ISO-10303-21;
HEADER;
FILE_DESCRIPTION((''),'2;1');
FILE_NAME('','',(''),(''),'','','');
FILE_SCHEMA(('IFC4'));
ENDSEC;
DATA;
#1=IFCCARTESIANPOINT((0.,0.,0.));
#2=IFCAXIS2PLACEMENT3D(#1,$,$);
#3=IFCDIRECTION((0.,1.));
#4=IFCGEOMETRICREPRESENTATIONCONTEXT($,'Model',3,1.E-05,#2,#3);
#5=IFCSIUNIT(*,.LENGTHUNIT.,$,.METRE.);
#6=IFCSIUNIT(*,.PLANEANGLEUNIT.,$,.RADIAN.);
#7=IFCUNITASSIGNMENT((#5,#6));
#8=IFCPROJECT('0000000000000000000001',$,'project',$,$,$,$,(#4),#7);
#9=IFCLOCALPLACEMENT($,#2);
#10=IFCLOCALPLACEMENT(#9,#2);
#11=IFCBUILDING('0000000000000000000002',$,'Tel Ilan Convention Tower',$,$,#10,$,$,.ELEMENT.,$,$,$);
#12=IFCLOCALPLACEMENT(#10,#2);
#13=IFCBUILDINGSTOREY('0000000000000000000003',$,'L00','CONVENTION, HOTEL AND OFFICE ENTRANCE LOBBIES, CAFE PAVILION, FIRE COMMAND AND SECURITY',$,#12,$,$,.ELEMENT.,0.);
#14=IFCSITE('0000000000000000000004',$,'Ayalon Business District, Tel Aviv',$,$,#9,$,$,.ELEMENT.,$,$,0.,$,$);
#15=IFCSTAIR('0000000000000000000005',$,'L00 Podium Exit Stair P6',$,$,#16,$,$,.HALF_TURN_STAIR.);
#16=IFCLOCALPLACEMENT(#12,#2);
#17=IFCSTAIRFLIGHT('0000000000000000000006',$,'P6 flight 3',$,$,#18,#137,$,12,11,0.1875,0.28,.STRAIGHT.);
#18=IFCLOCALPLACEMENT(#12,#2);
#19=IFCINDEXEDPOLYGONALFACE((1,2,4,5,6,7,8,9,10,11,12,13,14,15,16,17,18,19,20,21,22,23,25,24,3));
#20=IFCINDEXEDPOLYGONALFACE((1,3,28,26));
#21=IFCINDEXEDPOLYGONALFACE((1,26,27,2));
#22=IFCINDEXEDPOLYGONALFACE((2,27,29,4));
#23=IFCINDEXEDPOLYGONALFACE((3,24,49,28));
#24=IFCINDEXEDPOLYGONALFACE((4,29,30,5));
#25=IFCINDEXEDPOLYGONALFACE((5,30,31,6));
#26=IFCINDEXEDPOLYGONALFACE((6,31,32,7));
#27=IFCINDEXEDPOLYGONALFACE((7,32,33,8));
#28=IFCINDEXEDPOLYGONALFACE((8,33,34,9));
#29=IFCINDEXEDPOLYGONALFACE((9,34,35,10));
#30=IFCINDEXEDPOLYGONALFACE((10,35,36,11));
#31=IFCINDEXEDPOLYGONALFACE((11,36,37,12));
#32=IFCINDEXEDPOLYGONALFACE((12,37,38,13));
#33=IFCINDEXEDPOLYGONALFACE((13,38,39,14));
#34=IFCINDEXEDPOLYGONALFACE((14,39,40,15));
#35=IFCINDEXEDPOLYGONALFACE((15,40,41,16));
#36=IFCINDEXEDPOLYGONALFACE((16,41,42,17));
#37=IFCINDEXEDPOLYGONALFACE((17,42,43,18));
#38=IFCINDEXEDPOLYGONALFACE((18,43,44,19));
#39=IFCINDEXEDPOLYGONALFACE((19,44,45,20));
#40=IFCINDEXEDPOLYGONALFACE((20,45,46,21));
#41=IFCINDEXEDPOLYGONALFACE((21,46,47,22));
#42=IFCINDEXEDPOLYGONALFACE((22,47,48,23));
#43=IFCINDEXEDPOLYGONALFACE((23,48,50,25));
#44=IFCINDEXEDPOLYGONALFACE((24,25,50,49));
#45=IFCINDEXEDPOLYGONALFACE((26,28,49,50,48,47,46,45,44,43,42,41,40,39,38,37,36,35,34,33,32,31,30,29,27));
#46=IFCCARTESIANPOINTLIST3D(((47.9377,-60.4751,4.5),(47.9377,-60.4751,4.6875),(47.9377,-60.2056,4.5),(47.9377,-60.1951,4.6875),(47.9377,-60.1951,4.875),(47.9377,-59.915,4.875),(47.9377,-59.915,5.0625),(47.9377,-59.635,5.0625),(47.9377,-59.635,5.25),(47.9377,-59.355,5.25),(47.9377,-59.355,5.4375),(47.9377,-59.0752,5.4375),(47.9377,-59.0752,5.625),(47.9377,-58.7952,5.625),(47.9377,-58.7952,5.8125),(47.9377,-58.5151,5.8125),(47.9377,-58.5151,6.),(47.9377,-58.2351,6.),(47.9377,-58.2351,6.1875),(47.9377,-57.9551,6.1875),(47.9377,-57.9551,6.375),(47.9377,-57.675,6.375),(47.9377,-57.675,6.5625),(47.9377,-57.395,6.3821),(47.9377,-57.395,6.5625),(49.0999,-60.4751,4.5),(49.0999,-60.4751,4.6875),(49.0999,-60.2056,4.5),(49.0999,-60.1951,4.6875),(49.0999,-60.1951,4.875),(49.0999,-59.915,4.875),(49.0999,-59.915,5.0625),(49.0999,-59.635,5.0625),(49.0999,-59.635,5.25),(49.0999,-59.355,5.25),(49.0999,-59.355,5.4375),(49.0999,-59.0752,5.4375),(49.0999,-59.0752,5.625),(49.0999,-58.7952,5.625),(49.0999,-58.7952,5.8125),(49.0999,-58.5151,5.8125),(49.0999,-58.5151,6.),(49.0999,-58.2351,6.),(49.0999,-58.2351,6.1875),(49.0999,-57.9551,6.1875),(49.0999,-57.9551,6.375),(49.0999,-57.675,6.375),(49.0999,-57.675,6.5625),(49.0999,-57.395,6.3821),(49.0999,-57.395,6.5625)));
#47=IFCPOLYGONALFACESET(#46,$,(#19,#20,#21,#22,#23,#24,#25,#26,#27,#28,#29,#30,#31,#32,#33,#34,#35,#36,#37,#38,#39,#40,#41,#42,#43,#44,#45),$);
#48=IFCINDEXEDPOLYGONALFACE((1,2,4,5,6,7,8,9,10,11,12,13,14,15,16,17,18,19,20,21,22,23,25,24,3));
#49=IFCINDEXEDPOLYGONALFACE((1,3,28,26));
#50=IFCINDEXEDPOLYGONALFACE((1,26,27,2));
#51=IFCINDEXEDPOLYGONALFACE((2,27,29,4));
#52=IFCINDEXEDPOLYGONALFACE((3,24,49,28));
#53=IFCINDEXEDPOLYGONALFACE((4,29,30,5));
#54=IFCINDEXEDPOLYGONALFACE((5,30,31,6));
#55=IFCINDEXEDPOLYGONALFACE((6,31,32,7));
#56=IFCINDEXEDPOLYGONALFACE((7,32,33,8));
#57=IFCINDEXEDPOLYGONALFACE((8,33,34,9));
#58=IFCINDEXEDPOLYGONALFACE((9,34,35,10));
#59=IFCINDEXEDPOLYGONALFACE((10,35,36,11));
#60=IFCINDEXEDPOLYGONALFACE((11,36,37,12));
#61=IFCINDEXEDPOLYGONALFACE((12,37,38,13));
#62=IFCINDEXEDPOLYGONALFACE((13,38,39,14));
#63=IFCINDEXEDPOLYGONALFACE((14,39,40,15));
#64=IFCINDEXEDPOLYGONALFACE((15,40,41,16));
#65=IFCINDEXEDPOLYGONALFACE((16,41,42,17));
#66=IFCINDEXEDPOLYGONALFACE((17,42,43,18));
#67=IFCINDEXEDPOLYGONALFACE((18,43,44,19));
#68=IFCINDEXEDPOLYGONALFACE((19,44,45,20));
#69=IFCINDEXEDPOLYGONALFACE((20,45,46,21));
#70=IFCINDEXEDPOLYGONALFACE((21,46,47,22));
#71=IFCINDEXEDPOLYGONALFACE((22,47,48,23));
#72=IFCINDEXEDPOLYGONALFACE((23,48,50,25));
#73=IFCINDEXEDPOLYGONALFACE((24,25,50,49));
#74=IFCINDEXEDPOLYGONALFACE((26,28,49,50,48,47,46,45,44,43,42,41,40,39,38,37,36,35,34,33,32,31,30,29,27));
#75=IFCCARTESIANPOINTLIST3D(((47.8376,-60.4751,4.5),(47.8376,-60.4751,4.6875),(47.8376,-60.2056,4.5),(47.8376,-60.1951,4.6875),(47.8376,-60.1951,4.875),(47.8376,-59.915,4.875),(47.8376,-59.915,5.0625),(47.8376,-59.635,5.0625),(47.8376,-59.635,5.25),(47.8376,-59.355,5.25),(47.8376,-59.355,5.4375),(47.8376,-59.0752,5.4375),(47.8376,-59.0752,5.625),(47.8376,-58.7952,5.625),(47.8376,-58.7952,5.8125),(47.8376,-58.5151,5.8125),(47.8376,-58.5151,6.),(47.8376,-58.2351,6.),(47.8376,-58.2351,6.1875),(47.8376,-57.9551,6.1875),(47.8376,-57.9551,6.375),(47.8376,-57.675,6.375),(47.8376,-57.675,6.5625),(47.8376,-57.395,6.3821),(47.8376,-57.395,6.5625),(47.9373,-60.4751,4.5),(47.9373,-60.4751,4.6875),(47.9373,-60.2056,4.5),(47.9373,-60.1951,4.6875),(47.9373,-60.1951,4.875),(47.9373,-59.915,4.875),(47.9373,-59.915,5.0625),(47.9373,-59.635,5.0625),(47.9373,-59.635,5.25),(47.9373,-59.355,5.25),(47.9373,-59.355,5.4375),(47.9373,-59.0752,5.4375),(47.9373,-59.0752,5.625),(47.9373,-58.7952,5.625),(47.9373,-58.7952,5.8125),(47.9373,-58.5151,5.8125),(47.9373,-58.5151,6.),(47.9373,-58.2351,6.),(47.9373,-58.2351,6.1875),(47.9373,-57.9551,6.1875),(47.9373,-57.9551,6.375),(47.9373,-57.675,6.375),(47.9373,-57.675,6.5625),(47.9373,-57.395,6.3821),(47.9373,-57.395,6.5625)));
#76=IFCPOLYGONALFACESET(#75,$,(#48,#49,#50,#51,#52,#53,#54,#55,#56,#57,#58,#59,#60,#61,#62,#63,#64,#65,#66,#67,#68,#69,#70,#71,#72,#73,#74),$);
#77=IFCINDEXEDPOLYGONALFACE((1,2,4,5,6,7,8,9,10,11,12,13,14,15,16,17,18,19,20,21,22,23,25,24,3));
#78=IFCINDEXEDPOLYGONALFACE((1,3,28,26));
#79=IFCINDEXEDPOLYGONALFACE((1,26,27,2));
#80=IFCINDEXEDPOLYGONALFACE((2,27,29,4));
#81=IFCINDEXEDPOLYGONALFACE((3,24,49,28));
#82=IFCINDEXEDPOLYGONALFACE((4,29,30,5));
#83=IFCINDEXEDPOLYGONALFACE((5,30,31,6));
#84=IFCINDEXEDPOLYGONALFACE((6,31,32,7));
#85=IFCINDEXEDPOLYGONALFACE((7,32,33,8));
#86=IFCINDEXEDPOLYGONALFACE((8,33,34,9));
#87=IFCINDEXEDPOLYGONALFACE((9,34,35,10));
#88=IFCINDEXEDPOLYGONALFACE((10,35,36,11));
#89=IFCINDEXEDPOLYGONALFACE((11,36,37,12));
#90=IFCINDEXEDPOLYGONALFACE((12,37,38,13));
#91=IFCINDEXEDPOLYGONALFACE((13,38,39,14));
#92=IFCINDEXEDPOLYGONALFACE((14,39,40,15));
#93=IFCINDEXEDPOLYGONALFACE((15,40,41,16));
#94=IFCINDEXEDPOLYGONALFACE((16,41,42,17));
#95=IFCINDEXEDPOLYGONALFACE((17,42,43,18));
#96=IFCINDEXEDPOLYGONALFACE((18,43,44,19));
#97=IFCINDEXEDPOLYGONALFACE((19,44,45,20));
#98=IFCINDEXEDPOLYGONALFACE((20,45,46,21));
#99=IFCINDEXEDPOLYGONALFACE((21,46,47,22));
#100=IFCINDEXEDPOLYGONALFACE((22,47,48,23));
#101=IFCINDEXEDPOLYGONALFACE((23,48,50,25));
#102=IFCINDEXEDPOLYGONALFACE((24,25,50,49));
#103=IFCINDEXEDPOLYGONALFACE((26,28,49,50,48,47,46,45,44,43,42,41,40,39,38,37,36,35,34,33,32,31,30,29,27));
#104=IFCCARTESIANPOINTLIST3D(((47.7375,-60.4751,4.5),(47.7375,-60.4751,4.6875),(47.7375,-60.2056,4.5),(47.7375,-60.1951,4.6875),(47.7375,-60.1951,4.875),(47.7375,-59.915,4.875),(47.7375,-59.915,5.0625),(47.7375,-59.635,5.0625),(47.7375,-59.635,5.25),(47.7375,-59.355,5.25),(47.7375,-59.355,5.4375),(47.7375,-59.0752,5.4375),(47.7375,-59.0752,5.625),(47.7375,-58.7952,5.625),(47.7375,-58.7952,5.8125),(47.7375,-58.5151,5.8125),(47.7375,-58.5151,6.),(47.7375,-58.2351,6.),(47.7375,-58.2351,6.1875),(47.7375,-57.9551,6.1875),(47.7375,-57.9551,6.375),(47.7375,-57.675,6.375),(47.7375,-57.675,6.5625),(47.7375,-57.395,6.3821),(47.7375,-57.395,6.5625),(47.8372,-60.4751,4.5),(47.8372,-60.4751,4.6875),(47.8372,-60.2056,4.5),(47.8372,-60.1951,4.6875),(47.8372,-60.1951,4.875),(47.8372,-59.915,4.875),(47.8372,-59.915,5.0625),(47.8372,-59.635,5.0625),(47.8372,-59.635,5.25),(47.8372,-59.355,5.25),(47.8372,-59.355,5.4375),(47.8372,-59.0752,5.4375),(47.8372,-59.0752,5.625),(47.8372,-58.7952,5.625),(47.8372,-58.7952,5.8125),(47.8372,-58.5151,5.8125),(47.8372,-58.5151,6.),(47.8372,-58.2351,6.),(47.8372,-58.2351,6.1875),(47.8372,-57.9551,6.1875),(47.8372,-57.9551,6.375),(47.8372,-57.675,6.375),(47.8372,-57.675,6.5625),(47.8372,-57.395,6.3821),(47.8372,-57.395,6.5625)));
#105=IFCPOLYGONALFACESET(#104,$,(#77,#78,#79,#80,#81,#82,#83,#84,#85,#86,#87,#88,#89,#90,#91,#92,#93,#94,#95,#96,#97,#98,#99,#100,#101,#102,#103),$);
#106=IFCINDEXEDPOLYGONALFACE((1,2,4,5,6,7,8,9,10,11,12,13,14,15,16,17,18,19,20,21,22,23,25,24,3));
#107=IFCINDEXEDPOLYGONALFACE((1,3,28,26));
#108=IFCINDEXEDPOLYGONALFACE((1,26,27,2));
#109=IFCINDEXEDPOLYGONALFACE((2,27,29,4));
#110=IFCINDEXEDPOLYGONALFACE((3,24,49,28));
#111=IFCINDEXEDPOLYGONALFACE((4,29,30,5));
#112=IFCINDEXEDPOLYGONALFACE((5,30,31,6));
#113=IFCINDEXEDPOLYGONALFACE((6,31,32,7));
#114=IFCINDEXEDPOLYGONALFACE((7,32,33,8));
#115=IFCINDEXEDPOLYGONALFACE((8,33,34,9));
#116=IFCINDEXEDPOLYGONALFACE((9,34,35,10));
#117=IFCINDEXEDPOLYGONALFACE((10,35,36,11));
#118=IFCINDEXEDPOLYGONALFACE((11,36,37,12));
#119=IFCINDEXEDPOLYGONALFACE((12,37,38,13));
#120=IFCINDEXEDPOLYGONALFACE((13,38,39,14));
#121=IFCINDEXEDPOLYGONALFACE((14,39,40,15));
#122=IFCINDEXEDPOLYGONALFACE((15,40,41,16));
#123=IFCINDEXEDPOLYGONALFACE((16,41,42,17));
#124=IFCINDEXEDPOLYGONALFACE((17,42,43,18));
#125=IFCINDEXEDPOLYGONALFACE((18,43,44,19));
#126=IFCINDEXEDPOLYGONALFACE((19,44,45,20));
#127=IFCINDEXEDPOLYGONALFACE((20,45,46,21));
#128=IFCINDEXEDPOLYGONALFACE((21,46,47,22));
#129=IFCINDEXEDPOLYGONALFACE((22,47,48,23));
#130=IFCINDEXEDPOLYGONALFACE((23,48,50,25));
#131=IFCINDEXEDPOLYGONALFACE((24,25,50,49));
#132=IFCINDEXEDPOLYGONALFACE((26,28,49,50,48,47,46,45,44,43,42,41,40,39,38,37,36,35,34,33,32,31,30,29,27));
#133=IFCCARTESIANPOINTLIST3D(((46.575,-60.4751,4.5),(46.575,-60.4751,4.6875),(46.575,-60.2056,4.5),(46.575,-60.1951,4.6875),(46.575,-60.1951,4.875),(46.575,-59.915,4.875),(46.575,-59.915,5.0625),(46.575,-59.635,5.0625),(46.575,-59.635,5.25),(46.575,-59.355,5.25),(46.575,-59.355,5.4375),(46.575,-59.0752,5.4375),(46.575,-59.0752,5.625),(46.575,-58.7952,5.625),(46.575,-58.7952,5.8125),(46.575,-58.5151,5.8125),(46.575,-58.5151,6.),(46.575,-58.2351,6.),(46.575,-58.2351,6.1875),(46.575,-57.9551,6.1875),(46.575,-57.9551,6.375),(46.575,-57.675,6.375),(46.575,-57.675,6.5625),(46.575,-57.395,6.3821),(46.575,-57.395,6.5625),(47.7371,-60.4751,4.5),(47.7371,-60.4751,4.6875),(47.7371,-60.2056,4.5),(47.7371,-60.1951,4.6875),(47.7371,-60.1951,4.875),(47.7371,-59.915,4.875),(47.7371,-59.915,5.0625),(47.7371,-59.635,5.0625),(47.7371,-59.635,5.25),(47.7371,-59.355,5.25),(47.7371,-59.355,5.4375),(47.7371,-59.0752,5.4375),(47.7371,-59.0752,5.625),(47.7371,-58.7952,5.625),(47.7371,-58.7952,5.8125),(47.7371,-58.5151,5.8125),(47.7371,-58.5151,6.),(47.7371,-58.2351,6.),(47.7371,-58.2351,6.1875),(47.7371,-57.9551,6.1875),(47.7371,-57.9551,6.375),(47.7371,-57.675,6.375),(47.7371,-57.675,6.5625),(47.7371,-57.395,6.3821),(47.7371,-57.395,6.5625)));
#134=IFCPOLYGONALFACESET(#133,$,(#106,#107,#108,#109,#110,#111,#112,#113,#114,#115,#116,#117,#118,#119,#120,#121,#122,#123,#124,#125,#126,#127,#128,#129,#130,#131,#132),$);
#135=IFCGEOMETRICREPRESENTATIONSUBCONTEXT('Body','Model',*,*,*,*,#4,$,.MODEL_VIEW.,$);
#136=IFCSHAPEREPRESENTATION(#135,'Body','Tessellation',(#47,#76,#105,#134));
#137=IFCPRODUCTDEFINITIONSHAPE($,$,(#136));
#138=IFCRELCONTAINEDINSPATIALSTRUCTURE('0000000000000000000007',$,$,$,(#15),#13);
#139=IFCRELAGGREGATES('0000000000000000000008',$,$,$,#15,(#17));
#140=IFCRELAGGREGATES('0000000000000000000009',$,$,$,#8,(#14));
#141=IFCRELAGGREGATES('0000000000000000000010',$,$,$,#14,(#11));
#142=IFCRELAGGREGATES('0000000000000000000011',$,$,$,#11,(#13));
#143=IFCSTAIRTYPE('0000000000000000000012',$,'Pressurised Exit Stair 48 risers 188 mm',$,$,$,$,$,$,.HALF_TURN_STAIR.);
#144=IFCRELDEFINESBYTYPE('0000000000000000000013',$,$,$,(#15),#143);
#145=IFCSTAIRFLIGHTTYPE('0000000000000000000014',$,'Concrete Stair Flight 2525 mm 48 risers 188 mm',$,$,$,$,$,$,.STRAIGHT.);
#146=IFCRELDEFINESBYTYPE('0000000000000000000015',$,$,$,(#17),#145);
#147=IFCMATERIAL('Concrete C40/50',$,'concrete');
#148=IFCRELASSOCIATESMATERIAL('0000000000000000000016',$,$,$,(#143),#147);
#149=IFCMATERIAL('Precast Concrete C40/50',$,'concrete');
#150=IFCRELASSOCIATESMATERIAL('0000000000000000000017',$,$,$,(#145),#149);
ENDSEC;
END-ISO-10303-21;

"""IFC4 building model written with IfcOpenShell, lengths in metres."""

from ifc_helpers import new_model, si_unit, direction, frame, origin, place, context, subcontext, project, spatial, polyline, outline, extrude, material, type_object, element, aggregate, save


model = new_model("IFC4")

# Units and contexts
model_context = context("Model", 3, precision=1e-05, world=origin(), true_north=direction((0.0, 1.0)))
body_context = subcontext(model_context, "Body", "Model", "MODEL_VIEW")
ifc_project = project(units=[si_unit("LENGTHUNIT", "METRE"), si_unit("PLANEANGLEUNIT", "RADIAN")], contexts=[model_context])

# Site, building, storey
site_placement = place(None, origin())
site = spatial("IfcSite", under=ifc_project, at=site_placement, Name="Ayalon Business District, Tel Aviv", CompositionType="ELEMENT", RefElevation=0.0)
building_placement = place(site_placement, origin())
building = spatial("IfcBuilding", under=site, at=building_placement, Name="Tel Ilan Convention Tower", CompositionType="ELEMENT")
storey_placement = place(building_placement, origin())
storey = spatial("IfcBuildingStorey", under=building, at=storey_placement, Name="L00", Description="CONVENTION, HOTEL AND OFFICE ENTRANCE LOBBIES, CAFE PAVILION, FIRE COMMAND AND SECURITY", CompositionType="ELEMENT", Elevation=0.0)

# Stair, stair flight
ifc_material_1 = material(Name="Concrete C40/50", Category="concrete")
stair_type = type_object("IfcStairType", Name="Pressurised Exit Stair 48 risers 188 mm", PredefinedType="HALF_TURN_STAIR", material=ifc_material_1)
stair_1_placement = place(storey_placement, origin())
stair_1 = element("IfcStair", 1, at=stair_1_placement, inside=storey, type_object=stair_type, Name="L00 Podium Exit Stair P6", PredefinedType="HALF_TURN_STAIR")
ifc_material_2 = material(Name="Precast Concrete C40/50", Category="concrete")
stair_flight_type = type_object("IfcStairFlightType", Name="Concrete Stair Flight 2525 mm 48 risers 188 mm", PredefinedType="STRAIGHT", material=ifc_material_2)
stair_flight_1_placement = place(storey_placement, frame((47.8374, -60.4751, 4.5), z_axis=(0.0, 0.0, 1.0), x_axis=(0.0, 1.0, 0.0)))
stair_flight_1 = element("IfcStairFlight", 2, at=stair_flight_1_placement, type_object=stair_flight_type, Name="P6 flight 3", NumberOfRisers=12, NumberOfTreads=11, PredefinedType="STRAIGHT", RiserHeight=0.1875, TreadLength=0.28, context=body_context, shape_type="SweptSolid", body=[
    extrude(outline(polyline([(0.0, 0.0), (0.0, 0.1875), (0.28, 0.1875), (0.28, 0.375), (0.5601, 0.375), (0.5601, 0.5625), (0.8401, 0.5625), (0.8401, 0.75), (1.1201, 0.75), (1.1201, 0.9375), (1.3999, 0.9375), (1.3999, 1.125), (1.6799, 1.125), (1.6799, 1.3125), (1.96, 1.3125), (1.96, 1.5), (2.24, 1.5), (2.24, 1.6875), (2.52, 1.6875), (2.52, 1.875), (2.8, 1.875), (2.8, 2.0625), (3.0801, 2.0625), (3.0801, 2.25), (3.0801, 1.8821), (0.2695, 0.0), (0.0, 0.0)])), frame((0.0, -0.1003, 0.0), z_axis=(0.0, -1.0, 0.0), x_axis=(1.0, 0.0, 0.0)), (0.0, 0.0, 1.0), 1.1621),
    extrude(outline(polyline([(0.0, 0.0), (0.0, 0.1875), (0.28, 0.1875), (0.28, 0.375), (0.5601, 0.375), (0.5601, 0.5625), (0.8401, 0.5625), (0.8401, 0.75), (1.1201, 0.75), (1.1201, 0.9375), (1.3999, 0.9375), (1.3999, 1.125), (1.6799, 1.125), (1.6799, 1.3125), (1.96, 1.3125), (1.96, 1.5), (2.24, 1.5), (2.24, 1.6875), (2.52, 1.6875), (2.52, 1.875), (2.8, 1.875), (2.8, 2.0625), (3.0801, 2.0625), (3.0801, 2.25), (3.0801, 1.8821), (0.2695, 0.0), (0.0, 0.0)])), frame((0.0, -0.0002, 0.0), z_axis=(0.0, -1.0, 0.0), x_axis=(1.0, 0.0, 0.0)), (0.0, 0.0, 1.0), 0.0996),
    extrude(outline(polyline([(0.0, 0.0), (0.0, 0.1875), (0.28, 0.1875), (0.28, 0.375), (0.5601, 0.375), (0.5601, 0.5625), (0.8401, 0.5625), (0.8401, 0.75), (1.1201, 0.75), (1.1201, 0.9375), (1.3999, 0.9375), (1.3999, 1.125), (1.6799, 1.125), (1.6799, 1.3125), (1.96, 1.3125), (1.96, 1.5), (2.24, 1.5), (2.24, 1.6875), (2.52, 1.6875), (2.52, 1.875), (2.8, 1.875), (2.8, 2.0625), (3.0801, 2.0625), (3.0801, 2.25), (3.0801, 1.8821), (0.2695, 0.0), (0.0, 0.0)])), frame((0.0, 0.0999, 0.0), z_axis=(0.0, -1.0, 0.0), x_axis=(1.0, 0.0, 0.0)), (0.0, 0.0, 1.0), 0.0996),
    extrude(outline(polyline([(0.0, 0.0), (0.0, 0.1875), (0.28, 0.1875), (0.28, 0.375), (0.5601, 0.375), (0.5601, 0.5625), (0.8401, 0.5625), (0.8401, 0.75), (1.1201, 0.75), (1.1201, 0.9375), (1.3999, 0.9375), (1.3999, 1.125), (1.6799, 1.125), (1.6799, 1.3125), (1.96, 1.3125), (1.96, 1.5), (2.24, 1.5), (2.24, 1.6875), (2.52, 1.6875), (2.52, 1.875), (2.8, 1.875), (2.8, 2.0625), (3.0801, 2.0625), (3.0801, 2.25), (3.0801, 1.8821), (0.2695, 0.0), (0.0, 0.0)])), frame((0.0, 1.2625, 0.0), z_axis=(0.0, -1.0, 0.0), x_axis=(1.0, 0.0, 0.0)), (0.0, 0.0, 1.0), 1.1621),
])
aggregate(stair_1, [stair_flight_1])

save(model, "model.ifc")
